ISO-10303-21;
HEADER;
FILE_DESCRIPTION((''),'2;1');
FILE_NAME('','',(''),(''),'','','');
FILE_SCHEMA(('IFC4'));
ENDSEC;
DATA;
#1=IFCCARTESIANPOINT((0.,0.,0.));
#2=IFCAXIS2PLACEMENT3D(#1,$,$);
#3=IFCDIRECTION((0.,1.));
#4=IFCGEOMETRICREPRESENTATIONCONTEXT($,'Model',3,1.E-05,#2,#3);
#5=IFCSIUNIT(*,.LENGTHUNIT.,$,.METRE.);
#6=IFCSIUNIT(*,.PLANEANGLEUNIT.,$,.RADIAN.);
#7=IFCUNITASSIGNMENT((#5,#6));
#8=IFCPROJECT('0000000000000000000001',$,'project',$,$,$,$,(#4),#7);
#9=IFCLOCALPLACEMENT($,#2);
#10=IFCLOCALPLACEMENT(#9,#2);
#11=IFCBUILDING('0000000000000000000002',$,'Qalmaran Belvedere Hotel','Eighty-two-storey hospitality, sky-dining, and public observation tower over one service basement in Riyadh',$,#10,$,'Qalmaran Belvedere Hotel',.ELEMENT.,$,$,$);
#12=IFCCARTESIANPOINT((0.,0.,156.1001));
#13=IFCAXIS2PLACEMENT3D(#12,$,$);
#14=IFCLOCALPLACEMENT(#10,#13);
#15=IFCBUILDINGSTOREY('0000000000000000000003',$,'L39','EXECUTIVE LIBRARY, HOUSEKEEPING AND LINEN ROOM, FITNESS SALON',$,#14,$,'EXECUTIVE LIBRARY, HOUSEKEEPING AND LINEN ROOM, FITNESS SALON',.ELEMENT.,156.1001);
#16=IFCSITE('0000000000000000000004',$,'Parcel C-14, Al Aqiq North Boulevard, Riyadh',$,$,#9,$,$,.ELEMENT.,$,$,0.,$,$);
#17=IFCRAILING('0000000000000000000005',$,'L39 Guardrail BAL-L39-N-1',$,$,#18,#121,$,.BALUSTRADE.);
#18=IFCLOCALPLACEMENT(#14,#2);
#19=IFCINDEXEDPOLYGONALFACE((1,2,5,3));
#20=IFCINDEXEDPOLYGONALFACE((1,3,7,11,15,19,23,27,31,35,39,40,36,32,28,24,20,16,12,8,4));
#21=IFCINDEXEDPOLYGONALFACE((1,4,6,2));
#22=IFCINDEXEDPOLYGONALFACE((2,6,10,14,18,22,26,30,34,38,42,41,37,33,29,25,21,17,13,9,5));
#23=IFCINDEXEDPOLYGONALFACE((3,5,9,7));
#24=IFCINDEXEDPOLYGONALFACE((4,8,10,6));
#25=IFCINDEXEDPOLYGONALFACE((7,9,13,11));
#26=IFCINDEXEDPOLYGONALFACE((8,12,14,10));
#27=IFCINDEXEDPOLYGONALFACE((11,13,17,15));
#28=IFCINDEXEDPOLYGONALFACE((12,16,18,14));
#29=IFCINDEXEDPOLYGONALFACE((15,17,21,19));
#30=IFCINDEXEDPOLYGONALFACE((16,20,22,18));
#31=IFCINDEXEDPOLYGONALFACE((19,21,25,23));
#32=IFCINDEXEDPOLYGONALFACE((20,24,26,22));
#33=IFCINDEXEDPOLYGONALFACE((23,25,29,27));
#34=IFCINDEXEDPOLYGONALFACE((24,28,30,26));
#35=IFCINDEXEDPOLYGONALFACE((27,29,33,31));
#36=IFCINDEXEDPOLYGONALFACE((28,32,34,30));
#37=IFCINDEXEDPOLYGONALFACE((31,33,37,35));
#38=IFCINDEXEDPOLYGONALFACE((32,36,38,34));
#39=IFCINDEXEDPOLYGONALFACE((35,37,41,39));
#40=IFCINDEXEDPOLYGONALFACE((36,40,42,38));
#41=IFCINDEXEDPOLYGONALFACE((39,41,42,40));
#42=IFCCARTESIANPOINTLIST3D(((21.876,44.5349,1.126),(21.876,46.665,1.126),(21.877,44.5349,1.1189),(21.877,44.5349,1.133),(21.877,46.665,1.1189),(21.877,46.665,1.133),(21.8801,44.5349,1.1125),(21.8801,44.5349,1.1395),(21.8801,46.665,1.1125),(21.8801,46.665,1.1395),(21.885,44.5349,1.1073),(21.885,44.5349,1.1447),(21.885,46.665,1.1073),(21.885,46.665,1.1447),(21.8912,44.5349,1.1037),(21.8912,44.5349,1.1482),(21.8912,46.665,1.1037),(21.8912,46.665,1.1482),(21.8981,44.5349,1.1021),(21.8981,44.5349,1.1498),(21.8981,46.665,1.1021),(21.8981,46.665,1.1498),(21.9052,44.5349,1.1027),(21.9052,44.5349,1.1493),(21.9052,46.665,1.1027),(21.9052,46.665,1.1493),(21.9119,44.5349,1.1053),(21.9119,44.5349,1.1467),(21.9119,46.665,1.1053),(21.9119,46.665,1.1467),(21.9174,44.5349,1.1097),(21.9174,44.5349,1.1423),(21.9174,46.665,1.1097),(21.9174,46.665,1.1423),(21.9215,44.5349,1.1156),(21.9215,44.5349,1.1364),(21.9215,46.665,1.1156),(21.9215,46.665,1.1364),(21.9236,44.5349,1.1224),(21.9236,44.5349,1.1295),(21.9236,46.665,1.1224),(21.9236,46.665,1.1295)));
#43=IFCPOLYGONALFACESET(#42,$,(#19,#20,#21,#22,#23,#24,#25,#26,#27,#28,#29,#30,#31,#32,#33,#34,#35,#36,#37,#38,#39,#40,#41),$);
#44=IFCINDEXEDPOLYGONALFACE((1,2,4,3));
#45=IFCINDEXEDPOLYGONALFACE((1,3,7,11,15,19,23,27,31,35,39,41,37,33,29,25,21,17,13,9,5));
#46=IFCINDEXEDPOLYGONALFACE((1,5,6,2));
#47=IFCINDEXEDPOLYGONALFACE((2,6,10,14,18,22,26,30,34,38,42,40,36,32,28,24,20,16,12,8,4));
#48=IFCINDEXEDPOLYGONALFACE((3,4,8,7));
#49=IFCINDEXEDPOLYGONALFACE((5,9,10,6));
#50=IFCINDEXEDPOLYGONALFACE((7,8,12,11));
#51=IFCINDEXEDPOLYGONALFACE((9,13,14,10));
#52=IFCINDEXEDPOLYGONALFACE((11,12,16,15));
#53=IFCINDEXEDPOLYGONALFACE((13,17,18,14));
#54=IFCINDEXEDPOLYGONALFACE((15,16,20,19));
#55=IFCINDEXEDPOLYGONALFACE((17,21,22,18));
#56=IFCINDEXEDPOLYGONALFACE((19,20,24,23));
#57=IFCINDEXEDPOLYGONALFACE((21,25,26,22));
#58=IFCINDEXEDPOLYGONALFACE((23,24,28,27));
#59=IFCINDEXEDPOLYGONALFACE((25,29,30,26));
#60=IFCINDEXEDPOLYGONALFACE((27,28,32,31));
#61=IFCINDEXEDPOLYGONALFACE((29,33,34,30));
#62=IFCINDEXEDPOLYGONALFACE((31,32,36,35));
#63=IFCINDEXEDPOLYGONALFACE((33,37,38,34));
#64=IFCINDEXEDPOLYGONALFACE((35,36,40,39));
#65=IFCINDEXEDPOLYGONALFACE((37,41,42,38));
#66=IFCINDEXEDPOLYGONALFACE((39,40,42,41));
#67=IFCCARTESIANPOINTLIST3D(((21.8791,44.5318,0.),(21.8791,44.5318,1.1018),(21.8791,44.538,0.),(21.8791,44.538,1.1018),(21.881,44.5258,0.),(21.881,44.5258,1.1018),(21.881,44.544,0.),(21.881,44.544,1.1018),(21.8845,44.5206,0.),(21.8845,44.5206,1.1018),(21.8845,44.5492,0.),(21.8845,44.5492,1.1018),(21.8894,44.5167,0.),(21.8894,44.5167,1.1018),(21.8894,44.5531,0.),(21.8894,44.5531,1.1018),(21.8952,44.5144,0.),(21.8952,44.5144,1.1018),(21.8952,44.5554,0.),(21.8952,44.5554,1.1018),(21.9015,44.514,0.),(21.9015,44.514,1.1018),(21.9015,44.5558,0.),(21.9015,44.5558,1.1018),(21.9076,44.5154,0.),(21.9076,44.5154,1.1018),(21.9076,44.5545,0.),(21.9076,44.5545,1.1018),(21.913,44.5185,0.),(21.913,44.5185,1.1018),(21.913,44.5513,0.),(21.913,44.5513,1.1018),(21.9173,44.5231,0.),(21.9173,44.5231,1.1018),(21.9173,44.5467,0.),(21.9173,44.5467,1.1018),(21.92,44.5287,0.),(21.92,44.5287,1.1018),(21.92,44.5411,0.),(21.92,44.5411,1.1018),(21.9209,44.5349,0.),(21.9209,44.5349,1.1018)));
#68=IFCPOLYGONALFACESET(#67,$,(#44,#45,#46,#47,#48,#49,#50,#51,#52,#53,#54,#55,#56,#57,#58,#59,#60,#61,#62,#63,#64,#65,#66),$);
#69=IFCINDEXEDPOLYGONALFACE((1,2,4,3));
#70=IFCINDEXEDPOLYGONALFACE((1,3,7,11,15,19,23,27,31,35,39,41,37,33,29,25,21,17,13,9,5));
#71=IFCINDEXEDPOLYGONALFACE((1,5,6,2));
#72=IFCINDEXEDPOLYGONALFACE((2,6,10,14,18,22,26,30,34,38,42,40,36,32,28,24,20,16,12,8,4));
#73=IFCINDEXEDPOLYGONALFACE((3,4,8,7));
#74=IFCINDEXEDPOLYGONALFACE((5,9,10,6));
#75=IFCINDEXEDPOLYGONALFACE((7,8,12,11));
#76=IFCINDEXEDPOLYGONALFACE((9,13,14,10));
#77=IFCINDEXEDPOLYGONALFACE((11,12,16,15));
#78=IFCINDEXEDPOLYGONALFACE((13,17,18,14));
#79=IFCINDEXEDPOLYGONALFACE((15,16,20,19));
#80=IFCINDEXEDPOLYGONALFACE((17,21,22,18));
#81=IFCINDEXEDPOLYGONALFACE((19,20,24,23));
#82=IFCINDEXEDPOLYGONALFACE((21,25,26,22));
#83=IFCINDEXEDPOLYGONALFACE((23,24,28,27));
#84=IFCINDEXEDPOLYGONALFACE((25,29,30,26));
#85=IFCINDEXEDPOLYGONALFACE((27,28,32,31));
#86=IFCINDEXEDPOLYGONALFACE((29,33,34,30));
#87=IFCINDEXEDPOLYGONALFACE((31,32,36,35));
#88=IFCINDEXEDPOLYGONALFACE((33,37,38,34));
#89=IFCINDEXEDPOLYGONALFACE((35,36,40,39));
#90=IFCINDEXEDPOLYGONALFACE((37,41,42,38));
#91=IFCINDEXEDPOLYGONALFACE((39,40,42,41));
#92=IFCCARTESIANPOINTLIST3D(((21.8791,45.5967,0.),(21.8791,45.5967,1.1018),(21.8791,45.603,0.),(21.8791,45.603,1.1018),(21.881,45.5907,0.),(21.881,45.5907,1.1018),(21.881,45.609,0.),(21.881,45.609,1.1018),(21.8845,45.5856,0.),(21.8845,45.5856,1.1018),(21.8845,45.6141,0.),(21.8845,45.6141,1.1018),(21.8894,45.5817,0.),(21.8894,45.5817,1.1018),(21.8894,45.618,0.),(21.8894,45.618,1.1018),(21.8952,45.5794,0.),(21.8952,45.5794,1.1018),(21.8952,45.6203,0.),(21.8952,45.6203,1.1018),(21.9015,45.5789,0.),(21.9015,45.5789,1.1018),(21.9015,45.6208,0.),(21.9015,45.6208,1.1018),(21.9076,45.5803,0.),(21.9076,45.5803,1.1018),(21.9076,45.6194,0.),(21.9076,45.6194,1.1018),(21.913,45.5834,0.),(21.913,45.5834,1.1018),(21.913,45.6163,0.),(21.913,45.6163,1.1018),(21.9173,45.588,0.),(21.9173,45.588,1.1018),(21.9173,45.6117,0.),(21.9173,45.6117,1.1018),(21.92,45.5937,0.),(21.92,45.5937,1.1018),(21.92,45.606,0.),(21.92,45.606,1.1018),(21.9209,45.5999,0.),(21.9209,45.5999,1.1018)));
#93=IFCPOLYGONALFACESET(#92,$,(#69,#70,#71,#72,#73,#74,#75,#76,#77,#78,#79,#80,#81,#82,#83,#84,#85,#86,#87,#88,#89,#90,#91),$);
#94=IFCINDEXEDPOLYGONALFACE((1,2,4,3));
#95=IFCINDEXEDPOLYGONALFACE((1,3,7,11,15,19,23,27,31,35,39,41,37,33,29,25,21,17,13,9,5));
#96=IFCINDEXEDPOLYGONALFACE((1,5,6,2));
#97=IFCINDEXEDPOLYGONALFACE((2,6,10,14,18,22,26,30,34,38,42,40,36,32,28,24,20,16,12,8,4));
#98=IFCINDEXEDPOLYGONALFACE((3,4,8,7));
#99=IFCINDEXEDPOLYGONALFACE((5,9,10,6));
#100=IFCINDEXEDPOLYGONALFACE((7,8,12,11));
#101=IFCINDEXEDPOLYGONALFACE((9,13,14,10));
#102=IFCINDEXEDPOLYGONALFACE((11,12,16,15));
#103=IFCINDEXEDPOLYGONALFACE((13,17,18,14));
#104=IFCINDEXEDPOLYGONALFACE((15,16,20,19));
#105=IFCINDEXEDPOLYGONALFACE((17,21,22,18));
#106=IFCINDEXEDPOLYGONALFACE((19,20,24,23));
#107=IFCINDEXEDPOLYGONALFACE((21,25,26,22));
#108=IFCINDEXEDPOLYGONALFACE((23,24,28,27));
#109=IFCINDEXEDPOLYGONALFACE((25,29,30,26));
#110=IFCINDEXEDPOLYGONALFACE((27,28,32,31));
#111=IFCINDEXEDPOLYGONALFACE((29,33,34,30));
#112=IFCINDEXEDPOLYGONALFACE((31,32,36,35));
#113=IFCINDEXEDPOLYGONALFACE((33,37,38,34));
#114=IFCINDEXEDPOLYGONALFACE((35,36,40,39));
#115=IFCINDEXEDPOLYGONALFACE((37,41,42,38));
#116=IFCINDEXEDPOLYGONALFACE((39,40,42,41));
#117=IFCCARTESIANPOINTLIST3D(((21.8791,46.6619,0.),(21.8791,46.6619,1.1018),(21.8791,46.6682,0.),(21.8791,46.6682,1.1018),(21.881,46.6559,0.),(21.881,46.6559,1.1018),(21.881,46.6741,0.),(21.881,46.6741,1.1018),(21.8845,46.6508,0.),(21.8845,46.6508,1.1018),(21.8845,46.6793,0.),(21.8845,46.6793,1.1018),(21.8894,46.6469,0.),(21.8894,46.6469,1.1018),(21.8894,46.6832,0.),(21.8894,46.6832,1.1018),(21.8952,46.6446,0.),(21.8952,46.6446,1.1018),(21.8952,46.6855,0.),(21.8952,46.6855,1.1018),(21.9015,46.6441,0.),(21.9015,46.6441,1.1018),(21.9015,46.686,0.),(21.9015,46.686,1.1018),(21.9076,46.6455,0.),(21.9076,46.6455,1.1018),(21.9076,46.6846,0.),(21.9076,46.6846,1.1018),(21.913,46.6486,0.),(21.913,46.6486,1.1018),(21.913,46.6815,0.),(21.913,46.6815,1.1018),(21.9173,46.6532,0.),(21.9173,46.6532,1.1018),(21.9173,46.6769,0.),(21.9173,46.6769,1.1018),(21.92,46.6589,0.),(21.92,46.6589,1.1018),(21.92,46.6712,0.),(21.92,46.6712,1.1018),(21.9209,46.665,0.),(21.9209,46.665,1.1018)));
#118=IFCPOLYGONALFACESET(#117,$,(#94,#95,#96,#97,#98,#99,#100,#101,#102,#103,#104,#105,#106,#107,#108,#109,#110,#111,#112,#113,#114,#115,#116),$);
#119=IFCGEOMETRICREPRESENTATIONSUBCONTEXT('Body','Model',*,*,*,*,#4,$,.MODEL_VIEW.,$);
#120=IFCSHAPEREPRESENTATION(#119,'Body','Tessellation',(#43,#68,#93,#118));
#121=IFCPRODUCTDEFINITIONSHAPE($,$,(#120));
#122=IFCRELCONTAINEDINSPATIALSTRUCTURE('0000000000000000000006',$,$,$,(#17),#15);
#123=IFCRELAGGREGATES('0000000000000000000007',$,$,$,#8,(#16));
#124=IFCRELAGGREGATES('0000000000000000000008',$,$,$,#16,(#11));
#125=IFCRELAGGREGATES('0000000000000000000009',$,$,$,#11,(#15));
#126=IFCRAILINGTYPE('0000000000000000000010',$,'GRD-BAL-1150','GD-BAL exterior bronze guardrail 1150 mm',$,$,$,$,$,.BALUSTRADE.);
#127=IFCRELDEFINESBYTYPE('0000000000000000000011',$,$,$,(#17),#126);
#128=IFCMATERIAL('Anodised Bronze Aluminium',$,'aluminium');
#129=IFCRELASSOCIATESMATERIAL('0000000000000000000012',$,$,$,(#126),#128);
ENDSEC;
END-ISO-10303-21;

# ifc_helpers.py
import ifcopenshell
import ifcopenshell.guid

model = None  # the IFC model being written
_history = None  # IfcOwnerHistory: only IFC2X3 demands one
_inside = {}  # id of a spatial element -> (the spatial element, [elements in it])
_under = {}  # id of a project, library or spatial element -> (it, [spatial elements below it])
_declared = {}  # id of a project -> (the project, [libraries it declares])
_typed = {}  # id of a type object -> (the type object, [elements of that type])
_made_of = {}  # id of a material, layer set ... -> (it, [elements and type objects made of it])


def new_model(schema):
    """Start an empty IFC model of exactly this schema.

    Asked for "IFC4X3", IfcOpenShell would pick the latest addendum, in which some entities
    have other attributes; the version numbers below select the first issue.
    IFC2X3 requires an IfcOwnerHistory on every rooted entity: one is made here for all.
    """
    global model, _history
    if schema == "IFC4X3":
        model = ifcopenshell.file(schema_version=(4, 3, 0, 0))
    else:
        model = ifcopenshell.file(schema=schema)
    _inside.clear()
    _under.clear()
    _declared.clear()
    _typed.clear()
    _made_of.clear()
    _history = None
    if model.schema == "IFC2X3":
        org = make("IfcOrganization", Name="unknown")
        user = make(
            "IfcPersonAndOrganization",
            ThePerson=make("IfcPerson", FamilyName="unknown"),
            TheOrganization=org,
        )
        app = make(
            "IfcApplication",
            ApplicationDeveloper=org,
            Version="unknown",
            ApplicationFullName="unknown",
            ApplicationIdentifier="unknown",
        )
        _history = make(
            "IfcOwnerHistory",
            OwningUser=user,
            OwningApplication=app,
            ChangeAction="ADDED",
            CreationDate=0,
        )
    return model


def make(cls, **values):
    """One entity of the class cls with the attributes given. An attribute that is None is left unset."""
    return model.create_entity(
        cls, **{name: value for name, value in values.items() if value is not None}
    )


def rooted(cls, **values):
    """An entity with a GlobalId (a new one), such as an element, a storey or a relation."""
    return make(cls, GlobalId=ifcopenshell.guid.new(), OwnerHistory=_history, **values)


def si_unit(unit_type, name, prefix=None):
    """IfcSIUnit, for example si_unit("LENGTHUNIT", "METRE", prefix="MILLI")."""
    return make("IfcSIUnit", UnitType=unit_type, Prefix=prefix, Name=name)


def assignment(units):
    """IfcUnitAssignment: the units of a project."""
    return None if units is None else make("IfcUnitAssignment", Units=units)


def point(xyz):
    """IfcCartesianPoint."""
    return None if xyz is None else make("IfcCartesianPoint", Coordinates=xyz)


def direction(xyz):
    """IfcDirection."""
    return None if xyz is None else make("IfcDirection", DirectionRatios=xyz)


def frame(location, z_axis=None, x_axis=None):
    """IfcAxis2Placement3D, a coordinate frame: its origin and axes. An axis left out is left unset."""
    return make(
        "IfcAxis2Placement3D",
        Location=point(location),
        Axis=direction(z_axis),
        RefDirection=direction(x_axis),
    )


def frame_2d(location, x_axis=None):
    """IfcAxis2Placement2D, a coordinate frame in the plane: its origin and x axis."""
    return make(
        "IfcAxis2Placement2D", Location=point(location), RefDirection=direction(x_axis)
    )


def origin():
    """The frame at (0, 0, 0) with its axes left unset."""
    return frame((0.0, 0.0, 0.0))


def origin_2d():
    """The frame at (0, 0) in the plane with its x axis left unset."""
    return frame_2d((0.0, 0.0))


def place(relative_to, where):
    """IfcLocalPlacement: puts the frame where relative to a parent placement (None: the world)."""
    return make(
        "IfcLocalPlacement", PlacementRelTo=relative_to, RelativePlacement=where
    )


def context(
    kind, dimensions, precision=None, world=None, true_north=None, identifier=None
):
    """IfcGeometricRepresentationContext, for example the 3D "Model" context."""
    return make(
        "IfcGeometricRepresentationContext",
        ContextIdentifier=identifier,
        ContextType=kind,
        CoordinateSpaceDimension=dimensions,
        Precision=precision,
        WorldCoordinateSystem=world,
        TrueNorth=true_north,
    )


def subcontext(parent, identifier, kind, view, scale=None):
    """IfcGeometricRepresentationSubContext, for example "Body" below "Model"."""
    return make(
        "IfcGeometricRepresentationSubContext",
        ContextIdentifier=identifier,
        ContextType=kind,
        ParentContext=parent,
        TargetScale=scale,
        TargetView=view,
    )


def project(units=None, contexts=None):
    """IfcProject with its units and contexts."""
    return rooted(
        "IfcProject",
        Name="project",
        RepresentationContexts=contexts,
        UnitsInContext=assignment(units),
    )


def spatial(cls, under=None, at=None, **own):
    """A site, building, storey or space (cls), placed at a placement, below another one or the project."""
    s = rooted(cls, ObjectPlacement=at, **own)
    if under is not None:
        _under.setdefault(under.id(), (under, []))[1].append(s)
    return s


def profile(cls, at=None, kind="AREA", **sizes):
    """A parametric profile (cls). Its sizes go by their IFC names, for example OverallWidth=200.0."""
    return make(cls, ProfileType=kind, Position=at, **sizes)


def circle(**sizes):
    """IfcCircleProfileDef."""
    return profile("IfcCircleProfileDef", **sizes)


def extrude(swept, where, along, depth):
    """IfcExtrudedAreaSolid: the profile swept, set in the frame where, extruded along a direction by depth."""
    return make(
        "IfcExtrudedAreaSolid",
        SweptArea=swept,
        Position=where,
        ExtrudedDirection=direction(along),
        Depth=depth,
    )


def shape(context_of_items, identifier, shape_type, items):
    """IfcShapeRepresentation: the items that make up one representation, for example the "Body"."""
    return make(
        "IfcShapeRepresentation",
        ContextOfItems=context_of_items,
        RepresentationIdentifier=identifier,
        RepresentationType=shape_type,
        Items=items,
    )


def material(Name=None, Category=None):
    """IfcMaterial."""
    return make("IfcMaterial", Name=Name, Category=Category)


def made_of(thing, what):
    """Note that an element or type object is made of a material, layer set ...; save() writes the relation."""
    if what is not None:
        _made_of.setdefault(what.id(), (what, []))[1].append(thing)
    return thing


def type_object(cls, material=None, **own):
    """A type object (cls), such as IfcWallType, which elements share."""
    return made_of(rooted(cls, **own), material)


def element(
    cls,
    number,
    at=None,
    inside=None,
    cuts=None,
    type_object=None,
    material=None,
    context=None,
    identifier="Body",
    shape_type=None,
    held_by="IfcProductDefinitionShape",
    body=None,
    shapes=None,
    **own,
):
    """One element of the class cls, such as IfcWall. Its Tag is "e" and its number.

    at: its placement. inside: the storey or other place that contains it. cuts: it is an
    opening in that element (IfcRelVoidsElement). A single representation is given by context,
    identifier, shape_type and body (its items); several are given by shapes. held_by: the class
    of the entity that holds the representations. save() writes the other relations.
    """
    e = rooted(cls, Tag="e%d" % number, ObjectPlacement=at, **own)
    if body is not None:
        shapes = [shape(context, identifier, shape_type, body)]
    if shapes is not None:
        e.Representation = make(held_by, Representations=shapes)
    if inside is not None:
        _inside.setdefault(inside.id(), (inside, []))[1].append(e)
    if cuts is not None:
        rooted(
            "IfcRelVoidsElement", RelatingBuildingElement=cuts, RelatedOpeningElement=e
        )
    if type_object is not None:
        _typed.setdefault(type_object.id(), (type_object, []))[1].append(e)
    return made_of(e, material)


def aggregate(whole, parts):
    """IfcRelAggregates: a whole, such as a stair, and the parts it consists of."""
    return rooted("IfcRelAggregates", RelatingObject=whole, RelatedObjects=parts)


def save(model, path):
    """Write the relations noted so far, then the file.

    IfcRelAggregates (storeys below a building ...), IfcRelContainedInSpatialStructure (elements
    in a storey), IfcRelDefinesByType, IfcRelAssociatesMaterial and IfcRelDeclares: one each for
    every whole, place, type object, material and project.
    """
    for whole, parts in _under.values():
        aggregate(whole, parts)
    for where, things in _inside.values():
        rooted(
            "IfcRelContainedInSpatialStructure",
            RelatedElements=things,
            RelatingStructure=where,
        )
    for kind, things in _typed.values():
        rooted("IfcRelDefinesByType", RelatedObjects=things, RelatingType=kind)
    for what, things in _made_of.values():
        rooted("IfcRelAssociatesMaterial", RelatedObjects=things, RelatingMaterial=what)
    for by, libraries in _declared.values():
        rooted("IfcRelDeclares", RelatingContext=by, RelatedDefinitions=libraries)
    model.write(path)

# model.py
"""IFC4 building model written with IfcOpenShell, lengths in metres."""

from ifc_helpers import new_model, si_unit, direction, frame, origin, origin_2d, place, context, subcontext, project, spatial, circle, extrude, material, type_object, element, save


model = new_model("IFC4")

# Units and contexts
model_context = context("Model", 3, precision=1e-05, world=origin(), true_north=direction((0.0, 1.0)))
body_context = subcontext(model_context, "Body", "Model", "MODEL_VIEW")
ifc_project = project(units=[si_unit("LENGTHUNIT", "METRE"), si_unit("PLANEANGLEUNIT", "RADIAN")], contexts=[model_context])

# Site, building, storey
site_placement = place(None, origin())
site = spatial("IfcSite", under=ifc_project, at=site_placement, Name="Parcel C-14, Al Aqiq North Boulevard, Riyadh", CompositionType="ELEMENT", RefElevation=0.0)
building_placement = place(site_placement, origin())
building = spatial("IfcBuilding", under=site, at=building_placement, Name="Qalmaran Belvedere Hotel", Description="Eighty-two-storey hospitality, sky-dining, and public observation tower over one service basement in Riyadh", LongName="Qalmaran Belvedere Hotel", CompositionType="ELEMENT")
storey_placement = place(building_placement, frame((0.0, 0.0, 156.1001)))
storey = spatial("IfcBuildingStorey", under=building, at=storey_placement, Name="L39", Description="EXECUTIVE LIBRARY, HOUSEKEEPING AND LINEN ROOM, FITNESS SALON", LongName="EXECUTIVE LIBRARY, HOUSEKEEPING AND LINEN ROOM, FITNESS SALON", CompositionType="ELEMENT", Elevation=156.1001)

# Shared definitions
ifc_material_1 = material(Name="Anodised Bronze Aluminium", Category="aluminium")

# Railing
railing_type = type_object("IfcRailingType", Name="GRD-BAL-1150", Description="GD-BAL exterior bronze guardrail 1150 mm", PredefinedType="BALUSTRADE", material=ifc_material_1)
railing_1_placement = place(storey_placement, frame((21.8999, 44.5349, 0.0)))
element("IfcRailing", 1, at=railing_1_placement, inside=storey, type_object=railing_type, Name="L39 Guardrail BAL-L39-N-1", PredefinedType="BALUSTRADE", context=body_context, shape_type="SweptSolid", body=[
    extrude(circle(Radius=0.0239, at=origin_2d()), frame((0.0, 0.0, 1.126), z_axis=(0.0, 1.0, 0.0), x_axis=(-1.0, 0.0, 0.0)), (0.0, 0.0, 1.0), 2.1301),
    extrude(circle(Radius=0.021, at=origin_2d()), origin(), (0.0, 0.0, 1.0), 1.1018),
    extrude(circle(Radius=0.021, at=origin_2d()), frame((0.0, 1.0649, 0.0)), (0.0, 0.0, 1.0), 1.1018),
    extrude(circle(Radius=0.021, at=origin_2d()), frame((0.0, 2.1301, 0.0)), (0.0, 0.0, 1.0), 1.1018),
])

save(model, "model.ifc")
